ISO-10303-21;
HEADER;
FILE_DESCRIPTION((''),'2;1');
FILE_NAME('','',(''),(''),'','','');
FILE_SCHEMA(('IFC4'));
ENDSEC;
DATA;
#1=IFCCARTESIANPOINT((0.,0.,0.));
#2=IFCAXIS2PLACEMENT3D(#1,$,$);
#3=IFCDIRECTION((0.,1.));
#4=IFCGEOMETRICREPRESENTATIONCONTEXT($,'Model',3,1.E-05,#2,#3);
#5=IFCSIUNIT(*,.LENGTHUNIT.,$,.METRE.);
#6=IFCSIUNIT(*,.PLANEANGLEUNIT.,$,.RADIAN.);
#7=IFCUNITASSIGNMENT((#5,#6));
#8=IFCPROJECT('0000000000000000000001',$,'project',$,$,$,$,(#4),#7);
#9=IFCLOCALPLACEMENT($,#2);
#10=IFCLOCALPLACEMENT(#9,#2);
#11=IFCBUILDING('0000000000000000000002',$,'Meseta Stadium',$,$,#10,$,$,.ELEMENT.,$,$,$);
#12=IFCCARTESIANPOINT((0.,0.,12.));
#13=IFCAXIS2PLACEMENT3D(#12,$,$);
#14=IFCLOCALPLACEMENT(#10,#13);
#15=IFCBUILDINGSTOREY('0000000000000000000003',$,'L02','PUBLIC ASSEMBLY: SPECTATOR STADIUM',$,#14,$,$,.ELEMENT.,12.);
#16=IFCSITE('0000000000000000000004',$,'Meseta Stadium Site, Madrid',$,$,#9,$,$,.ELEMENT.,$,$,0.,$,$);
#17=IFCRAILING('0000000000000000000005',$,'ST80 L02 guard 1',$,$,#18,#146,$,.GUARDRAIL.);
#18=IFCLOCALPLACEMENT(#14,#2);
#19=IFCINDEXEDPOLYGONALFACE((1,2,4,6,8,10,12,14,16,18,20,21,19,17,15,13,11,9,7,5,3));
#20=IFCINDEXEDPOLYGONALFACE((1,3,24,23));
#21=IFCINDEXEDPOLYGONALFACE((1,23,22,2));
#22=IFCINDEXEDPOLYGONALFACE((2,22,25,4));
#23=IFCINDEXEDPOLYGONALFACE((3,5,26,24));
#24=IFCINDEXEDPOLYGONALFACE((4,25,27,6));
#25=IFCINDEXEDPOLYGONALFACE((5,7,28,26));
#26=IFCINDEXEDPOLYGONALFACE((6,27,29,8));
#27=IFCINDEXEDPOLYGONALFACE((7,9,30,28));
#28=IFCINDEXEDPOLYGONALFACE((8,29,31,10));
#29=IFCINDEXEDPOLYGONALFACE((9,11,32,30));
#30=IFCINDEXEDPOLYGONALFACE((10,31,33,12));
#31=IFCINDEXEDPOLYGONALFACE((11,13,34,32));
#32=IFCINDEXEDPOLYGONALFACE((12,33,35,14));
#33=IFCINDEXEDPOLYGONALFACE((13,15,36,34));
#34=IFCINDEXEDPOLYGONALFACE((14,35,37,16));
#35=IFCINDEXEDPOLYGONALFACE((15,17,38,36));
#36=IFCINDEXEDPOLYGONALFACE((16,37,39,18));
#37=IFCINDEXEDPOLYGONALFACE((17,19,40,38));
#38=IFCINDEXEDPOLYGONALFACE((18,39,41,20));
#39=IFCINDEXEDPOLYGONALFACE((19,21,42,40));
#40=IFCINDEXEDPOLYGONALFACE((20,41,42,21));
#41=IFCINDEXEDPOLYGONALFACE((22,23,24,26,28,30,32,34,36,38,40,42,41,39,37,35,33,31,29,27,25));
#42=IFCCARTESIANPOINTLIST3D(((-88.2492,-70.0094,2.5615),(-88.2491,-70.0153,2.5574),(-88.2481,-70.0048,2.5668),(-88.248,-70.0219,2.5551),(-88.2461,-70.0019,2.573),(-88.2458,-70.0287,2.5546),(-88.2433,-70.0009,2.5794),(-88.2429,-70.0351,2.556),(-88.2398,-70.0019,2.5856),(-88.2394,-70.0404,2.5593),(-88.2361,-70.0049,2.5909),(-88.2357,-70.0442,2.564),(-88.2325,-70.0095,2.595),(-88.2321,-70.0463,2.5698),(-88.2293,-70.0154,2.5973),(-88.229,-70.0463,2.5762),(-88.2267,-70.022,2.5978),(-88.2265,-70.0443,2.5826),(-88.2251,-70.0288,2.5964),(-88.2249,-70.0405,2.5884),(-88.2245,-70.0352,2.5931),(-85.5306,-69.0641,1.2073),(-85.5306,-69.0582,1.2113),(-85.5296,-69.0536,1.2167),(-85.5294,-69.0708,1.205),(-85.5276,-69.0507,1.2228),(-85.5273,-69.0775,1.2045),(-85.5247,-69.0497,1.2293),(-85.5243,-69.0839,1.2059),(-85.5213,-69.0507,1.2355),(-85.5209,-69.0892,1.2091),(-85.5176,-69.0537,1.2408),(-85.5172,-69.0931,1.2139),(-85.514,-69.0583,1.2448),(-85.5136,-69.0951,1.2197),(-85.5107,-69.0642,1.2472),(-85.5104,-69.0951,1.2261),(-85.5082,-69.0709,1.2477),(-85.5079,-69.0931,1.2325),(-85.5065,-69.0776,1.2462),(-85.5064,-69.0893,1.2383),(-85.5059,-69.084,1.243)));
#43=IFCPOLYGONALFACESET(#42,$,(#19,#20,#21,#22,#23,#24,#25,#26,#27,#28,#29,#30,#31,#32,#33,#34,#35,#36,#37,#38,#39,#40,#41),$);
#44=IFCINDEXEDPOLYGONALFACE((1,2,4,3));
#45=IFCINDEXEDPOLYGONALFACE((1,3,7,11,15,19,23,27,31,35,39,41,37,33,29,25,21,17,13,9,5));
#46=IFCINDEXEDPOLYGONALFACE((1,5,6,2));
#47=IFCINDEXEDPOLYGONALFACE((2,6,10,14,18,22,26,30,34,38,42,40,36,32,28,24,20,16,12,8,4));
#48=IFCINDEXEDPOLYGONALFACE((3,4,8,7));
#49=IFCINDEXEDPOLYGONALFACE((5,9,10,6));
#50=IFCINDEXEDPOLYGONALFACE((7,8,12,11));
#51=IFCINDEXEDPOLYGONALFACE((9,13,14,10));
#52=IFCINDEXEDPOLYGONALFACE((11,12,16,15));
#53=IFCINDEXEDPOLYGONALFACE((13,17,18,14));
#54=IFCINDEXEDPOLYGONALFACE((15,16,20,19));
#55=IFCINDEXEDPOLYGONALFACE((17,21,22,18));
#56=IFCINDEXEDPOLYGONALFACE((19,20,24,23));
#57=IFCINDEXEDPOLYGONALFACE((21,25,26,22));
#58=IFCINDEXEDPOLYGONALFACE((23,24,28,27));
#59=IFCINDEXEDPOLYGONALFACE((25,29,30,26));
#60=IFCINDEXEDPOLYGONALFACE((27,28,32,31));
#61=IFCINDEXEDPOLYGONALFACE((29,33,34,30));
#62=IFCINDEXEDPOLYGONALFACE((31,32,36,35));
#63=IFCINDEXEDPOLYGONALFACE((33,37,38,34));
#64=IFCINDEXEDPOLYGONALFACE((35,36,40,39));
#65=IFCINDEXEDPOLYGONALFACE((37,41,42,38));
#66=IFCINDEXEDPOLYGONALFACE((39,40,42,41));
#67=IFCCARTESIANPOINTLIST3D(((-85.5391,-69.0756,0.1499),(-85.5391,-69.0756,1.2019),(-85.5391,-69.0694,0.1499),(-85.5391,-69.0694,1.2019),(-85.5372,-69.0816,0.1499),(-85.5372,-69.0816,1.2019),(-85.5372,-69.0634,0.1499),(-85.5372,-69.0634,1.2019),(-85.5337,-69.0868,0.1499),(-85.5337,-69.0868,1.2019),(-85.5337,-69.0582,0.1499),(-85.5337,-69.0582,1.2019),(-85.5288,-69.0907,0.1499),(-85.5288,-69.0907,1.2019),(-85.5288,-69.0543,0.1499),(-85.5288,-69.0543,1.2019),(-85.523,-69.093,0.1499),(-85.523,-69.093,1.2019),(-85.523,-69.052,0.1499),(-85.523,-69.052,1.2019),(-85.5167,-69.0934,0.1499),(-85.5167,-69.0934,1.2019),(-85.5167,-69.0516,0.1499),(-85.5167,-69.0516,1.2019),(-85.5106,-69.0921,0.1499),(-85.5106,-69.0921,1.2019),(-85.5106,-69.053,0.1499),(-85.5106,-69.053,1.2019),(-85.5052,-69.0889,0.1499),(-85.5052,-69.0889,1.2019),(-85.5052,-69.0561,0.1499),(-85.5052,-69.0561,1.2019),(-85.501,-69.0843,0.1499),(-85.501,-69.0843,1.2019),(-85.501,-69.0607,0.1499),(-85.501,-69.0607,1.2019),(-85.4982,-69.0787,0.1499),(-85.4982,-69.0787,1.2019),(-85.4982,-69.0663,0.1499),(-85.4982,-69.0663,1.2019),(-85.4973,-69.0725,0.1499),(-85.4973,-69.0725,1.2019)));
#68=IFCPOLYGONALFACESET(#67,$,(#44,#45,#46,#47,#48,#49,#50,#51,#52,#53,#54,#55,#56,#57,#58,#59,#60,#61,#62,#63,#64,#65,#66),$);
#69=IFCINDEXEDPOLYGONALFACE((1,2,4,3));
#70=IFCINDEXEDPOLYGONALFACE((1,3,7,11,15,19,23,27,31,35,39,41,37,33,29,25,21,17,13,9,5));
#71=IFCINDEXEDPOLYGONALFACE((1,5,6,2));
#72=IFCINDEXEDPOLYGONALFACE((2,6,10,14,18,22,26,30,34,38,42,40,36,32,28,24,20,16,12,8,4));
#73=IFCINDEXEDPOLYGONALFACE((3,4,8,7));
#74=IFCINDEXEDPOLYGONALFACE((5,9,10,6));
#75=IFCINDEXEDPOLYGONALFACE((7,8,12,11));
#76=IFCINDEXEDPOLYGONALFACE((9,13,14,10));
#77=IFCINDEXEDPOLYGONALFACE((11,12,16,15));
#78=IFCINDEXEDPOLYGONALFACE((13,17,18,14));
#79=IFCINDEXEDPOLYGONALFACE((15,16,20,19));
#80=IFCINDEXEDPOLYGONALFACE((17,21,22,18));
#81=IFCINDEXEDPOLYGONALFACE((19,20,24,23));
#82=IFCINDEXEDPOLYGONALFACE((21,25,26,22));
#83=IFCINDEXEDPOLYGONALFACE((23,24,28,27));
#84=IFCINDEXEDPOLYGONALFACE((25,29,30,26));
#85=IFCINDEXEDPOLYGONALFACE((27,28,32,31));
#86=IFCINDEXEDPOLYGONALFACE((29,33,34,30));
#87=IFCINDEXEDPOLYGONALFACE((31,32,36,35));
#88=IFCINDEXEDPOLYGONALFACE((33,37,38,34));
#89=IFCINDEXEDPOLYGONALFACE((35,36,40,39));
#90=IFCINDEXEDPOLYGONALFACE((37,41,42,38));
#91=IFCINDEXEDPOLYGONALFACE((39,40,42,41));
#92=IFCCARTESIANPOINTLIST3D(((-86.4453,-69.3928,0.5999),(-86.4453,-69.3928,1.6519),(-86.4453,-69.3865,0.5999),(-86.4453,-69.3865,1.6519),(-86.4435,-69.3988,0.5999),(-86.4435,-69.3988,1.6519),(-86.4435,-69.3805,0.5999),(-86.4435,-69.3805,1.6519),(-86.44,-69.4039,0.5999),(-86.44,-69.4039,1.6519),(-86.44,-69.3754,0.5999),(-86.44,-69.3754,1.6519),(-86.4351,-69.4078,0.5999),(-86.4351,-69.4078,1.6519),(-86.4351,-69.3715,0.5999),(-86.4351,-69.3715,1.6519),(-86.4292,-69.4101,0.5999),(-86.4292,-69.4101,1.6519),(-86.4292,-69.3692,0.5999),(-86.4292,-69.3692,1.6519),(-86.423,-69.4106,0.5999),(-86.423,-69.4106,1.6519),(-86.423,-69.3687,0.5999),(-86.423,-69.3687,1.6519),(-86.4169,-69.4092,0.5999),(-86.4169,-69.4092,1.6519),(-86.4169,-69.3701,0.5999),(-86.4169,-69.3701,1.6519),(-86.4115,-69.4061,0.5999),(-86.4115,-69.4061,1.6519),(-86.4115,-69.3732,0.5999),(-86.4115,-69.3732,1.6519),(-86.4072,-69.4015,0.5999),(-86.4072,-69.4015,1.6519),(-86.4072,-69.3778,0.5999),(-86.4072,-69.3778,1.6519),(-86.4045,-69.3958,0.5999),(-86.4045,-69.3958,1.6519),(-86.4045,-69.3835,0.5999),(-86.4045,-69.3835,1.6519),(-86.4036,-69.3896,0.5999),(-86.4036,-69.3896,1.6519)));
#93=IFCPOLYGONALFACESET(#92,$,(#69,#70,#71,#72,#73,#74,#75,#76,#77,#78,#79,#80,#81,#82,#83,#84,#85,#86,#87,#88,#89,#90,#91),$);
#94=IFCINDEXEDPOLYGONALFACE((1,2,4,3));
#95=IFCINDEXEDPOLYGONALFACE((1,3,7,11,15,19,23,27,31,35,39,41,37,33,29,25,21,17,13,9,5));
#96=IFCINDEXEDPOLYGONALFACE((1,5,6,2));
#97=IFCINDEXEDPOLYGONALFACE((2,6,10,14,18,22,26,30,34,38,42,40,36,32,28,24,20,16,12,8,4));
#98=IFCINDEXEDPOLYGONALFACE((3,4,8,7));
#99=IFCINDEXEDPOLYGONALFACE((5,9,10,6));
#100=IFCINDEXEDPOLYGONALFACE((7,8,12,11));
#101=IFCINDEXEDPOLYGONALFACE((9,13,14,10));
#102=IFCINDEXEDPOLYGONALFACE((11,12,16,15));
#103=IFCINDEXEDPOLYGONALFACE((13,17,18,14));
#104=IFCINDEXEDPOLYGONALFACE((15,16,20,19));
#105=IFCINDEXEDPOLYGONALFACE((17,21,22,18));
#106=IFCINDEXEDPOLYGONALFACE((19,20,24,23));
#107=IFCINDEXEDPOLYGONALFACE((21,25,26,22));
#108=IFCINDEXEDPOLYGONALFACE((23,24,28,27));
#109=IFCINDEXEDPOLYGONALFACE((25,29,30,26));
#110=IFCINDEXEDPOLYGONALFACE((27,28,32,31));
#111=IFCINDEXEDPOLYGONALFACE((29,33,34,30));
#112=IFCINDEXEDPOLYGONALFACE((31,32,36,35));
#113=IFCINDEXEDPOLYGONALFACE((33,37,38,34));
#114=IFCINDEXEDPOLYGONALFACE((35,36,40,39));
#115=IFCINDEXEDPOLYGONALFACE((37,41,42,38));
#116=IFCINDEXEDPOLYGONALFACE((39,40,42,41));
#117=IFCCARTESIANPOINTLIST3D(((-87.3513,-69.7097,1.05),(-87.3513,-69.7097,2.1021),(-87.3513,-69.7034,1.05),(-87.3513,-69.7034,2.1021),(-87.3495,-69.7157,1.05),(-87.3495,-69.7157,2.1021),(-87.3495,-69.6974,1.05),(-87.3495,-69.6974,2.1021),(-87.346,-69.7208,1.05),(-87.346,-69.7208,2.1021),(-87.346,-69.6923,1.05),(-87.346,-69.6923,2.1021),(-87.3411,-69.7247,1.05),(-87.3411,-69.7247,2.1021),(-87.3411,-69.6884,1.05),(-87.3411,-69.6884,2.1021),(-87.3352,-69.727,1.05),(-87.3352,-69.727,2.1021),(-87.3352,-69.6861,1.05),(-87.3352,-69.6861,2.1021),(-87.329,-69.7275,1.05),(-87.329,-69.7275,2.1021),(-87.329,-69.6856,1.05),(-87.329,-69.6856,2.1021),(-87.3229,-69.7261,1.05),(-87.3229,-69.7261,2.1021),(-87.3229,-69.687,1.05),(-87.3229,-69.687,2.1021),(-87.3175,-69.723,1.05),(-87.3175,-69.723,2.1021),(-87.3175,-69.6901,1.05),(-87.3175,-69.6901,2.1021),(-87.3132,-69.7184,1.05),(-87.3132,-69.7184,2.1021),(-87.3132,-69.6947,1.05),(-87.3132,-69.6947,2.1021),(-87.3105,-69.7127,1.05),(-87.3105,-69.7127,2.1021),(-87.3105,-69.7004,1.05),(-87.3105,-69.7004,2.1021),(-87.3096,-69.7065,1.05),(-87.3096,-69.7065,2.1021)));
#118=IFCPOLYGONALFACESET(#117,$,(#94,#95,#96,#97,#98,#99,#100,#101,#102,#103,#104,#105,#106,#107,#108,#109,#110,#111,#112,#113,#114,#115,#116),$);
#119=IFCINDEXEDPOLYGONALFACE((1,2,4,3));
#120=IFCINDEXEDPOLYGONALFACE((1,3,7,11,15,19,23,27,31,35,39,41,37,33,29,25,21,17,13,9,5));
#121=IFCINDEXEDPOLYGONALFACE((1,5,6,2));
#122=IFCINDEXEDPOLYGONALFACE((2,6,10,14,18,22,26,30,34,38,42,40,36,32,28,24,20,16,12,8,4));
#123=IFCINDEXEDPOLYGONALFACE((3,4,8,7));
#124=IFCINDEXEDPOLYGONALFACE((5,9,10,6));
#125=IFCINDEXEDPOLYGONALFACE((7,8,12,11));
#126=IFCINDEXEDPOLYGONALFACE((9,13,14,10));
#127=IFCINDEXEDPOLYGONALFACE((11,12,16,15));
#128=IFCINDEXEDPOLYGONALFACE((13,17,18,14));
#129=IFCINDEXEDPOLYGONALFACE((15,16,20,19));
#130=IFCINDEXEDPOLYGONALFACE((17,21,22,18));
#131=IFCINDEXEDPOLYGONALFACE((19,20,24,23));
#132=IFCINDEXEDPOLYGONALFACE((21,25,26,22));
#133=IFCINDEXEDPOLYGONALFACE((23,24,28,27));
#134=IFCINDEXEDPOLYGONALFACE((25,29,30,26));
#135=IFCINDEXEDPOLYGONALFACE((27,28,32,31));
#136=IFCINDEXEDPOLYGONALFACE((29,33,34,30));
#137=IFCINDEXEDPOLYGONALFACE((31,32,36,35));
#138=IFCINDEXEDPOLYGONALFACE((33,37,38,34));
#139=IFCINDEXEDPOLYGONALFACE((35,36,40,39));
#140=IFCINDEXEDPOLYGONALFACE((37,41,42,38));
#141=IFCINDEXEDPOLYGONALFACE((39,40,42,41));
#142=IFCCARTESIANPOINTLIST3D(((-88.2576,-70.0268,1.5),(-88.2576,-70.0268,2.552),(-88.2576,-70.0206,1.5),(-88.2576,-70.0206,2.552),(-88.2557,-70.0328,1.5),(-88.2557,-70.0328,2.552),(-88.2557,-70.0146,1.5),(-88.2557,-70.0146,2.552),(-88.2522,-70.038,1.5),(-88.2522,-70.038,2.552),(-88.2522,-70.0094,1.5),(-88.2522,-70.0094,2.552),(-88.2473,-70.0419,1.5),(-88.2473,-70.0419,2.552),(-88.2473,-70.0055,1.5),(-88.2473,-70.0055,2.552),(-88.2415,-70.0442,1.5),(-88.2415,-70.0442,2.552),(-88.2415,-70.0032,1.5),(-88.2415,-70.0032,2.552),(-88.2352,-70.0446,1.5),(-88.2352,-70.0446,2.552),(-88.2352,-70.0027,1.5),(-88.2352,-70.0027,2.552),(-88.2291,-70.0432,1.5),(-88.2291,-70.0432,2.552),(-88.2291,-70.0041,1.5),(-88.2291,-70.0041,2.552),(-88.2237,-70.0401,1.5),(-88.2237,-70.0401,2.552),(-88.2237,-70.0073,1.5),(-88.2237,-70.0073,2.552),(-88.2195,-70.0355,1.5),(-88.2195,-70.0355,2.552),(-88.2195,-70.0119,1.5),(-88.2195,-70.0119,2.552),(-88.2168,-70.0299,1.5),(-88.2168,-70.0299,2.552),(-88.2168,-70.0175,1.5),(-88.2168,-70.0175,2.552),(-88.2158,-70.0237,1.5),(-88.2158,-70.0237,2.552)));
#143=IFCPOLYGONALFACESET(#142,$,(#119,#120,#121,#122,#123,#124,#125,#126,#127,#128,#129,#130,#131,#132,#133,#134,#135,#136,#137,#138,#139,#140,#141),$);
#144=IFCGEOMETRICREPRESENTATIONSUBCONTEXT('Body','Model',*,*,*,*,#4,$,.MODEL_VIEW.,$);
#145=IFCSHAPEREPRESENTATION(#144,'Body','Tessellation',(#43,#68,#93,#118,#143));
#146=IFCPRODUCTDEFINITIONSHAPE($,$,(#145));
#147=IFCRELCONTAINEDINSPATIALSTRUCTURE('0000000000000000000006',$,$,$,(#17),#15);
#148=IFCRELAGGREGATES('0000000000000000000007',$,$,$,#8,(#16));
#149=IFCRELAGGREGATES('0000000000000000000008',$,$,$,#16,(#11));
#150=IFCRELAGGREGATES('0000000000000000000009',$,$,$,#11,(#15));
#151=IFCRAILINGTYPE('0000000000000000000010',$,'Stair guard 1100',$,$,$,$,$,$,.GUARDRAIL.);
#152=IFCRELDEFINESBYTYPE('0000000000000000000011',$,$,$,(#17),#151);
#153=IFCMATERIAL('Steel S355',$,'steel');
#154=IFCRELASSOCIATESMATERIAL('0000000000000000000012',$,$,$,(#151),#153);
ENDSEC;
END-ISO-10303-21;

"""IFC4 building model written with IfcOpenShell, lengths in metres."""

from ifc_helpers import new_model, si_unit, direction, frame, origin, origin_2d, place, context, subcontext, project, spatial, circle, extrude, material, type_object, element, save


model = new_model("IFC4")

# Units and contexts
model_context = context("Model", 3, precision=1e-05, world=origin(), true_north=direction((0.0, 1.0)))
body_context = subcontext(model_context, "Body", "Model", "MODEL_VIEW")
ifc_project = project(units=[si_unit("LENGTHUNIT", "METRE"), si_unit("PLANEANGLEUNIT", "RADIAN")], contexts=[model_context])

# Site, building, storey
site_placement = place(None, origin())
site = spatial("IfcSite", under=ifc_project, at=site_placement, Name="Meseta Stadium Site, Madrid", CompositionType="ELEMENT", RefElevation=0.0)
building_placement = place(site_placement, origin())
building = spatial("IfcBuilding", under=site, at=building_placement, Name="Meseta Stadium", CompositionType="ELEMENT")
storey_placement = place(building_placement, frame((0.0, 0.0, 12.0)))
storey = spatial("IfcBuildingStorey", under=building, at=storey_placement, Name="L02", Description="PUBLIC ASSEMBLY: SPECTATOR STADIUM", CompositionType="ELEMENT", Elevation=12.0)

# Railing
ifc_material_1 = material(Name="Steel S355", Category="steel")
railing_type_1 = type_object("IfcRailingType", Name="Stair guard 1100", PredefinedType="GUARDRAIL", material=ifc_material_1)
railing_1_placement = place(storey_placement, frame((-85.5183, -69.0725, 0.1499)))
element("IfcRailing", 1, at=railing_1_placement, inside=storey, type_object=railing_type_1, Name="ST80 L02 guard 1", PredefinedType="GUARDRAIL", context=body_context, shape_type="SweptSolid", body=[
    extrude(circle(Radius=0.0239, at=origin_2d()), frame((0.0, 0.0, 1.0762), z_axis=(-0.854649, -0.299031, 0.424446), x_axis=(0.330256, -0.943891, 0.0)), (0.0, 0.0, 1.0), 3.1809),
    extrude(circle(Radius=0.021, at=origin_2d()), origin(), (0.0, 0.0, 1.0), 1.052),
    extrude(circle(Radius=0.021, at=origin_2d()), frame((-0.9062, -0.3171, 0.45)), (0.0, 0.0, 1.0), 1.052),
    extrude(circle(Radius=0.021, at=origin_2d()), frame((-1.8123, -0.634, 0.9001)), (0.0, 0.0, 1.0), 1.052),
    extrude(circle(Radius=0.021, at=origin_2d()), frame((-2.7185, -0.9512, 1.3501)), (0.0, 0.0, 1.0), 1.052),
])

save(model, "model.ifc")
